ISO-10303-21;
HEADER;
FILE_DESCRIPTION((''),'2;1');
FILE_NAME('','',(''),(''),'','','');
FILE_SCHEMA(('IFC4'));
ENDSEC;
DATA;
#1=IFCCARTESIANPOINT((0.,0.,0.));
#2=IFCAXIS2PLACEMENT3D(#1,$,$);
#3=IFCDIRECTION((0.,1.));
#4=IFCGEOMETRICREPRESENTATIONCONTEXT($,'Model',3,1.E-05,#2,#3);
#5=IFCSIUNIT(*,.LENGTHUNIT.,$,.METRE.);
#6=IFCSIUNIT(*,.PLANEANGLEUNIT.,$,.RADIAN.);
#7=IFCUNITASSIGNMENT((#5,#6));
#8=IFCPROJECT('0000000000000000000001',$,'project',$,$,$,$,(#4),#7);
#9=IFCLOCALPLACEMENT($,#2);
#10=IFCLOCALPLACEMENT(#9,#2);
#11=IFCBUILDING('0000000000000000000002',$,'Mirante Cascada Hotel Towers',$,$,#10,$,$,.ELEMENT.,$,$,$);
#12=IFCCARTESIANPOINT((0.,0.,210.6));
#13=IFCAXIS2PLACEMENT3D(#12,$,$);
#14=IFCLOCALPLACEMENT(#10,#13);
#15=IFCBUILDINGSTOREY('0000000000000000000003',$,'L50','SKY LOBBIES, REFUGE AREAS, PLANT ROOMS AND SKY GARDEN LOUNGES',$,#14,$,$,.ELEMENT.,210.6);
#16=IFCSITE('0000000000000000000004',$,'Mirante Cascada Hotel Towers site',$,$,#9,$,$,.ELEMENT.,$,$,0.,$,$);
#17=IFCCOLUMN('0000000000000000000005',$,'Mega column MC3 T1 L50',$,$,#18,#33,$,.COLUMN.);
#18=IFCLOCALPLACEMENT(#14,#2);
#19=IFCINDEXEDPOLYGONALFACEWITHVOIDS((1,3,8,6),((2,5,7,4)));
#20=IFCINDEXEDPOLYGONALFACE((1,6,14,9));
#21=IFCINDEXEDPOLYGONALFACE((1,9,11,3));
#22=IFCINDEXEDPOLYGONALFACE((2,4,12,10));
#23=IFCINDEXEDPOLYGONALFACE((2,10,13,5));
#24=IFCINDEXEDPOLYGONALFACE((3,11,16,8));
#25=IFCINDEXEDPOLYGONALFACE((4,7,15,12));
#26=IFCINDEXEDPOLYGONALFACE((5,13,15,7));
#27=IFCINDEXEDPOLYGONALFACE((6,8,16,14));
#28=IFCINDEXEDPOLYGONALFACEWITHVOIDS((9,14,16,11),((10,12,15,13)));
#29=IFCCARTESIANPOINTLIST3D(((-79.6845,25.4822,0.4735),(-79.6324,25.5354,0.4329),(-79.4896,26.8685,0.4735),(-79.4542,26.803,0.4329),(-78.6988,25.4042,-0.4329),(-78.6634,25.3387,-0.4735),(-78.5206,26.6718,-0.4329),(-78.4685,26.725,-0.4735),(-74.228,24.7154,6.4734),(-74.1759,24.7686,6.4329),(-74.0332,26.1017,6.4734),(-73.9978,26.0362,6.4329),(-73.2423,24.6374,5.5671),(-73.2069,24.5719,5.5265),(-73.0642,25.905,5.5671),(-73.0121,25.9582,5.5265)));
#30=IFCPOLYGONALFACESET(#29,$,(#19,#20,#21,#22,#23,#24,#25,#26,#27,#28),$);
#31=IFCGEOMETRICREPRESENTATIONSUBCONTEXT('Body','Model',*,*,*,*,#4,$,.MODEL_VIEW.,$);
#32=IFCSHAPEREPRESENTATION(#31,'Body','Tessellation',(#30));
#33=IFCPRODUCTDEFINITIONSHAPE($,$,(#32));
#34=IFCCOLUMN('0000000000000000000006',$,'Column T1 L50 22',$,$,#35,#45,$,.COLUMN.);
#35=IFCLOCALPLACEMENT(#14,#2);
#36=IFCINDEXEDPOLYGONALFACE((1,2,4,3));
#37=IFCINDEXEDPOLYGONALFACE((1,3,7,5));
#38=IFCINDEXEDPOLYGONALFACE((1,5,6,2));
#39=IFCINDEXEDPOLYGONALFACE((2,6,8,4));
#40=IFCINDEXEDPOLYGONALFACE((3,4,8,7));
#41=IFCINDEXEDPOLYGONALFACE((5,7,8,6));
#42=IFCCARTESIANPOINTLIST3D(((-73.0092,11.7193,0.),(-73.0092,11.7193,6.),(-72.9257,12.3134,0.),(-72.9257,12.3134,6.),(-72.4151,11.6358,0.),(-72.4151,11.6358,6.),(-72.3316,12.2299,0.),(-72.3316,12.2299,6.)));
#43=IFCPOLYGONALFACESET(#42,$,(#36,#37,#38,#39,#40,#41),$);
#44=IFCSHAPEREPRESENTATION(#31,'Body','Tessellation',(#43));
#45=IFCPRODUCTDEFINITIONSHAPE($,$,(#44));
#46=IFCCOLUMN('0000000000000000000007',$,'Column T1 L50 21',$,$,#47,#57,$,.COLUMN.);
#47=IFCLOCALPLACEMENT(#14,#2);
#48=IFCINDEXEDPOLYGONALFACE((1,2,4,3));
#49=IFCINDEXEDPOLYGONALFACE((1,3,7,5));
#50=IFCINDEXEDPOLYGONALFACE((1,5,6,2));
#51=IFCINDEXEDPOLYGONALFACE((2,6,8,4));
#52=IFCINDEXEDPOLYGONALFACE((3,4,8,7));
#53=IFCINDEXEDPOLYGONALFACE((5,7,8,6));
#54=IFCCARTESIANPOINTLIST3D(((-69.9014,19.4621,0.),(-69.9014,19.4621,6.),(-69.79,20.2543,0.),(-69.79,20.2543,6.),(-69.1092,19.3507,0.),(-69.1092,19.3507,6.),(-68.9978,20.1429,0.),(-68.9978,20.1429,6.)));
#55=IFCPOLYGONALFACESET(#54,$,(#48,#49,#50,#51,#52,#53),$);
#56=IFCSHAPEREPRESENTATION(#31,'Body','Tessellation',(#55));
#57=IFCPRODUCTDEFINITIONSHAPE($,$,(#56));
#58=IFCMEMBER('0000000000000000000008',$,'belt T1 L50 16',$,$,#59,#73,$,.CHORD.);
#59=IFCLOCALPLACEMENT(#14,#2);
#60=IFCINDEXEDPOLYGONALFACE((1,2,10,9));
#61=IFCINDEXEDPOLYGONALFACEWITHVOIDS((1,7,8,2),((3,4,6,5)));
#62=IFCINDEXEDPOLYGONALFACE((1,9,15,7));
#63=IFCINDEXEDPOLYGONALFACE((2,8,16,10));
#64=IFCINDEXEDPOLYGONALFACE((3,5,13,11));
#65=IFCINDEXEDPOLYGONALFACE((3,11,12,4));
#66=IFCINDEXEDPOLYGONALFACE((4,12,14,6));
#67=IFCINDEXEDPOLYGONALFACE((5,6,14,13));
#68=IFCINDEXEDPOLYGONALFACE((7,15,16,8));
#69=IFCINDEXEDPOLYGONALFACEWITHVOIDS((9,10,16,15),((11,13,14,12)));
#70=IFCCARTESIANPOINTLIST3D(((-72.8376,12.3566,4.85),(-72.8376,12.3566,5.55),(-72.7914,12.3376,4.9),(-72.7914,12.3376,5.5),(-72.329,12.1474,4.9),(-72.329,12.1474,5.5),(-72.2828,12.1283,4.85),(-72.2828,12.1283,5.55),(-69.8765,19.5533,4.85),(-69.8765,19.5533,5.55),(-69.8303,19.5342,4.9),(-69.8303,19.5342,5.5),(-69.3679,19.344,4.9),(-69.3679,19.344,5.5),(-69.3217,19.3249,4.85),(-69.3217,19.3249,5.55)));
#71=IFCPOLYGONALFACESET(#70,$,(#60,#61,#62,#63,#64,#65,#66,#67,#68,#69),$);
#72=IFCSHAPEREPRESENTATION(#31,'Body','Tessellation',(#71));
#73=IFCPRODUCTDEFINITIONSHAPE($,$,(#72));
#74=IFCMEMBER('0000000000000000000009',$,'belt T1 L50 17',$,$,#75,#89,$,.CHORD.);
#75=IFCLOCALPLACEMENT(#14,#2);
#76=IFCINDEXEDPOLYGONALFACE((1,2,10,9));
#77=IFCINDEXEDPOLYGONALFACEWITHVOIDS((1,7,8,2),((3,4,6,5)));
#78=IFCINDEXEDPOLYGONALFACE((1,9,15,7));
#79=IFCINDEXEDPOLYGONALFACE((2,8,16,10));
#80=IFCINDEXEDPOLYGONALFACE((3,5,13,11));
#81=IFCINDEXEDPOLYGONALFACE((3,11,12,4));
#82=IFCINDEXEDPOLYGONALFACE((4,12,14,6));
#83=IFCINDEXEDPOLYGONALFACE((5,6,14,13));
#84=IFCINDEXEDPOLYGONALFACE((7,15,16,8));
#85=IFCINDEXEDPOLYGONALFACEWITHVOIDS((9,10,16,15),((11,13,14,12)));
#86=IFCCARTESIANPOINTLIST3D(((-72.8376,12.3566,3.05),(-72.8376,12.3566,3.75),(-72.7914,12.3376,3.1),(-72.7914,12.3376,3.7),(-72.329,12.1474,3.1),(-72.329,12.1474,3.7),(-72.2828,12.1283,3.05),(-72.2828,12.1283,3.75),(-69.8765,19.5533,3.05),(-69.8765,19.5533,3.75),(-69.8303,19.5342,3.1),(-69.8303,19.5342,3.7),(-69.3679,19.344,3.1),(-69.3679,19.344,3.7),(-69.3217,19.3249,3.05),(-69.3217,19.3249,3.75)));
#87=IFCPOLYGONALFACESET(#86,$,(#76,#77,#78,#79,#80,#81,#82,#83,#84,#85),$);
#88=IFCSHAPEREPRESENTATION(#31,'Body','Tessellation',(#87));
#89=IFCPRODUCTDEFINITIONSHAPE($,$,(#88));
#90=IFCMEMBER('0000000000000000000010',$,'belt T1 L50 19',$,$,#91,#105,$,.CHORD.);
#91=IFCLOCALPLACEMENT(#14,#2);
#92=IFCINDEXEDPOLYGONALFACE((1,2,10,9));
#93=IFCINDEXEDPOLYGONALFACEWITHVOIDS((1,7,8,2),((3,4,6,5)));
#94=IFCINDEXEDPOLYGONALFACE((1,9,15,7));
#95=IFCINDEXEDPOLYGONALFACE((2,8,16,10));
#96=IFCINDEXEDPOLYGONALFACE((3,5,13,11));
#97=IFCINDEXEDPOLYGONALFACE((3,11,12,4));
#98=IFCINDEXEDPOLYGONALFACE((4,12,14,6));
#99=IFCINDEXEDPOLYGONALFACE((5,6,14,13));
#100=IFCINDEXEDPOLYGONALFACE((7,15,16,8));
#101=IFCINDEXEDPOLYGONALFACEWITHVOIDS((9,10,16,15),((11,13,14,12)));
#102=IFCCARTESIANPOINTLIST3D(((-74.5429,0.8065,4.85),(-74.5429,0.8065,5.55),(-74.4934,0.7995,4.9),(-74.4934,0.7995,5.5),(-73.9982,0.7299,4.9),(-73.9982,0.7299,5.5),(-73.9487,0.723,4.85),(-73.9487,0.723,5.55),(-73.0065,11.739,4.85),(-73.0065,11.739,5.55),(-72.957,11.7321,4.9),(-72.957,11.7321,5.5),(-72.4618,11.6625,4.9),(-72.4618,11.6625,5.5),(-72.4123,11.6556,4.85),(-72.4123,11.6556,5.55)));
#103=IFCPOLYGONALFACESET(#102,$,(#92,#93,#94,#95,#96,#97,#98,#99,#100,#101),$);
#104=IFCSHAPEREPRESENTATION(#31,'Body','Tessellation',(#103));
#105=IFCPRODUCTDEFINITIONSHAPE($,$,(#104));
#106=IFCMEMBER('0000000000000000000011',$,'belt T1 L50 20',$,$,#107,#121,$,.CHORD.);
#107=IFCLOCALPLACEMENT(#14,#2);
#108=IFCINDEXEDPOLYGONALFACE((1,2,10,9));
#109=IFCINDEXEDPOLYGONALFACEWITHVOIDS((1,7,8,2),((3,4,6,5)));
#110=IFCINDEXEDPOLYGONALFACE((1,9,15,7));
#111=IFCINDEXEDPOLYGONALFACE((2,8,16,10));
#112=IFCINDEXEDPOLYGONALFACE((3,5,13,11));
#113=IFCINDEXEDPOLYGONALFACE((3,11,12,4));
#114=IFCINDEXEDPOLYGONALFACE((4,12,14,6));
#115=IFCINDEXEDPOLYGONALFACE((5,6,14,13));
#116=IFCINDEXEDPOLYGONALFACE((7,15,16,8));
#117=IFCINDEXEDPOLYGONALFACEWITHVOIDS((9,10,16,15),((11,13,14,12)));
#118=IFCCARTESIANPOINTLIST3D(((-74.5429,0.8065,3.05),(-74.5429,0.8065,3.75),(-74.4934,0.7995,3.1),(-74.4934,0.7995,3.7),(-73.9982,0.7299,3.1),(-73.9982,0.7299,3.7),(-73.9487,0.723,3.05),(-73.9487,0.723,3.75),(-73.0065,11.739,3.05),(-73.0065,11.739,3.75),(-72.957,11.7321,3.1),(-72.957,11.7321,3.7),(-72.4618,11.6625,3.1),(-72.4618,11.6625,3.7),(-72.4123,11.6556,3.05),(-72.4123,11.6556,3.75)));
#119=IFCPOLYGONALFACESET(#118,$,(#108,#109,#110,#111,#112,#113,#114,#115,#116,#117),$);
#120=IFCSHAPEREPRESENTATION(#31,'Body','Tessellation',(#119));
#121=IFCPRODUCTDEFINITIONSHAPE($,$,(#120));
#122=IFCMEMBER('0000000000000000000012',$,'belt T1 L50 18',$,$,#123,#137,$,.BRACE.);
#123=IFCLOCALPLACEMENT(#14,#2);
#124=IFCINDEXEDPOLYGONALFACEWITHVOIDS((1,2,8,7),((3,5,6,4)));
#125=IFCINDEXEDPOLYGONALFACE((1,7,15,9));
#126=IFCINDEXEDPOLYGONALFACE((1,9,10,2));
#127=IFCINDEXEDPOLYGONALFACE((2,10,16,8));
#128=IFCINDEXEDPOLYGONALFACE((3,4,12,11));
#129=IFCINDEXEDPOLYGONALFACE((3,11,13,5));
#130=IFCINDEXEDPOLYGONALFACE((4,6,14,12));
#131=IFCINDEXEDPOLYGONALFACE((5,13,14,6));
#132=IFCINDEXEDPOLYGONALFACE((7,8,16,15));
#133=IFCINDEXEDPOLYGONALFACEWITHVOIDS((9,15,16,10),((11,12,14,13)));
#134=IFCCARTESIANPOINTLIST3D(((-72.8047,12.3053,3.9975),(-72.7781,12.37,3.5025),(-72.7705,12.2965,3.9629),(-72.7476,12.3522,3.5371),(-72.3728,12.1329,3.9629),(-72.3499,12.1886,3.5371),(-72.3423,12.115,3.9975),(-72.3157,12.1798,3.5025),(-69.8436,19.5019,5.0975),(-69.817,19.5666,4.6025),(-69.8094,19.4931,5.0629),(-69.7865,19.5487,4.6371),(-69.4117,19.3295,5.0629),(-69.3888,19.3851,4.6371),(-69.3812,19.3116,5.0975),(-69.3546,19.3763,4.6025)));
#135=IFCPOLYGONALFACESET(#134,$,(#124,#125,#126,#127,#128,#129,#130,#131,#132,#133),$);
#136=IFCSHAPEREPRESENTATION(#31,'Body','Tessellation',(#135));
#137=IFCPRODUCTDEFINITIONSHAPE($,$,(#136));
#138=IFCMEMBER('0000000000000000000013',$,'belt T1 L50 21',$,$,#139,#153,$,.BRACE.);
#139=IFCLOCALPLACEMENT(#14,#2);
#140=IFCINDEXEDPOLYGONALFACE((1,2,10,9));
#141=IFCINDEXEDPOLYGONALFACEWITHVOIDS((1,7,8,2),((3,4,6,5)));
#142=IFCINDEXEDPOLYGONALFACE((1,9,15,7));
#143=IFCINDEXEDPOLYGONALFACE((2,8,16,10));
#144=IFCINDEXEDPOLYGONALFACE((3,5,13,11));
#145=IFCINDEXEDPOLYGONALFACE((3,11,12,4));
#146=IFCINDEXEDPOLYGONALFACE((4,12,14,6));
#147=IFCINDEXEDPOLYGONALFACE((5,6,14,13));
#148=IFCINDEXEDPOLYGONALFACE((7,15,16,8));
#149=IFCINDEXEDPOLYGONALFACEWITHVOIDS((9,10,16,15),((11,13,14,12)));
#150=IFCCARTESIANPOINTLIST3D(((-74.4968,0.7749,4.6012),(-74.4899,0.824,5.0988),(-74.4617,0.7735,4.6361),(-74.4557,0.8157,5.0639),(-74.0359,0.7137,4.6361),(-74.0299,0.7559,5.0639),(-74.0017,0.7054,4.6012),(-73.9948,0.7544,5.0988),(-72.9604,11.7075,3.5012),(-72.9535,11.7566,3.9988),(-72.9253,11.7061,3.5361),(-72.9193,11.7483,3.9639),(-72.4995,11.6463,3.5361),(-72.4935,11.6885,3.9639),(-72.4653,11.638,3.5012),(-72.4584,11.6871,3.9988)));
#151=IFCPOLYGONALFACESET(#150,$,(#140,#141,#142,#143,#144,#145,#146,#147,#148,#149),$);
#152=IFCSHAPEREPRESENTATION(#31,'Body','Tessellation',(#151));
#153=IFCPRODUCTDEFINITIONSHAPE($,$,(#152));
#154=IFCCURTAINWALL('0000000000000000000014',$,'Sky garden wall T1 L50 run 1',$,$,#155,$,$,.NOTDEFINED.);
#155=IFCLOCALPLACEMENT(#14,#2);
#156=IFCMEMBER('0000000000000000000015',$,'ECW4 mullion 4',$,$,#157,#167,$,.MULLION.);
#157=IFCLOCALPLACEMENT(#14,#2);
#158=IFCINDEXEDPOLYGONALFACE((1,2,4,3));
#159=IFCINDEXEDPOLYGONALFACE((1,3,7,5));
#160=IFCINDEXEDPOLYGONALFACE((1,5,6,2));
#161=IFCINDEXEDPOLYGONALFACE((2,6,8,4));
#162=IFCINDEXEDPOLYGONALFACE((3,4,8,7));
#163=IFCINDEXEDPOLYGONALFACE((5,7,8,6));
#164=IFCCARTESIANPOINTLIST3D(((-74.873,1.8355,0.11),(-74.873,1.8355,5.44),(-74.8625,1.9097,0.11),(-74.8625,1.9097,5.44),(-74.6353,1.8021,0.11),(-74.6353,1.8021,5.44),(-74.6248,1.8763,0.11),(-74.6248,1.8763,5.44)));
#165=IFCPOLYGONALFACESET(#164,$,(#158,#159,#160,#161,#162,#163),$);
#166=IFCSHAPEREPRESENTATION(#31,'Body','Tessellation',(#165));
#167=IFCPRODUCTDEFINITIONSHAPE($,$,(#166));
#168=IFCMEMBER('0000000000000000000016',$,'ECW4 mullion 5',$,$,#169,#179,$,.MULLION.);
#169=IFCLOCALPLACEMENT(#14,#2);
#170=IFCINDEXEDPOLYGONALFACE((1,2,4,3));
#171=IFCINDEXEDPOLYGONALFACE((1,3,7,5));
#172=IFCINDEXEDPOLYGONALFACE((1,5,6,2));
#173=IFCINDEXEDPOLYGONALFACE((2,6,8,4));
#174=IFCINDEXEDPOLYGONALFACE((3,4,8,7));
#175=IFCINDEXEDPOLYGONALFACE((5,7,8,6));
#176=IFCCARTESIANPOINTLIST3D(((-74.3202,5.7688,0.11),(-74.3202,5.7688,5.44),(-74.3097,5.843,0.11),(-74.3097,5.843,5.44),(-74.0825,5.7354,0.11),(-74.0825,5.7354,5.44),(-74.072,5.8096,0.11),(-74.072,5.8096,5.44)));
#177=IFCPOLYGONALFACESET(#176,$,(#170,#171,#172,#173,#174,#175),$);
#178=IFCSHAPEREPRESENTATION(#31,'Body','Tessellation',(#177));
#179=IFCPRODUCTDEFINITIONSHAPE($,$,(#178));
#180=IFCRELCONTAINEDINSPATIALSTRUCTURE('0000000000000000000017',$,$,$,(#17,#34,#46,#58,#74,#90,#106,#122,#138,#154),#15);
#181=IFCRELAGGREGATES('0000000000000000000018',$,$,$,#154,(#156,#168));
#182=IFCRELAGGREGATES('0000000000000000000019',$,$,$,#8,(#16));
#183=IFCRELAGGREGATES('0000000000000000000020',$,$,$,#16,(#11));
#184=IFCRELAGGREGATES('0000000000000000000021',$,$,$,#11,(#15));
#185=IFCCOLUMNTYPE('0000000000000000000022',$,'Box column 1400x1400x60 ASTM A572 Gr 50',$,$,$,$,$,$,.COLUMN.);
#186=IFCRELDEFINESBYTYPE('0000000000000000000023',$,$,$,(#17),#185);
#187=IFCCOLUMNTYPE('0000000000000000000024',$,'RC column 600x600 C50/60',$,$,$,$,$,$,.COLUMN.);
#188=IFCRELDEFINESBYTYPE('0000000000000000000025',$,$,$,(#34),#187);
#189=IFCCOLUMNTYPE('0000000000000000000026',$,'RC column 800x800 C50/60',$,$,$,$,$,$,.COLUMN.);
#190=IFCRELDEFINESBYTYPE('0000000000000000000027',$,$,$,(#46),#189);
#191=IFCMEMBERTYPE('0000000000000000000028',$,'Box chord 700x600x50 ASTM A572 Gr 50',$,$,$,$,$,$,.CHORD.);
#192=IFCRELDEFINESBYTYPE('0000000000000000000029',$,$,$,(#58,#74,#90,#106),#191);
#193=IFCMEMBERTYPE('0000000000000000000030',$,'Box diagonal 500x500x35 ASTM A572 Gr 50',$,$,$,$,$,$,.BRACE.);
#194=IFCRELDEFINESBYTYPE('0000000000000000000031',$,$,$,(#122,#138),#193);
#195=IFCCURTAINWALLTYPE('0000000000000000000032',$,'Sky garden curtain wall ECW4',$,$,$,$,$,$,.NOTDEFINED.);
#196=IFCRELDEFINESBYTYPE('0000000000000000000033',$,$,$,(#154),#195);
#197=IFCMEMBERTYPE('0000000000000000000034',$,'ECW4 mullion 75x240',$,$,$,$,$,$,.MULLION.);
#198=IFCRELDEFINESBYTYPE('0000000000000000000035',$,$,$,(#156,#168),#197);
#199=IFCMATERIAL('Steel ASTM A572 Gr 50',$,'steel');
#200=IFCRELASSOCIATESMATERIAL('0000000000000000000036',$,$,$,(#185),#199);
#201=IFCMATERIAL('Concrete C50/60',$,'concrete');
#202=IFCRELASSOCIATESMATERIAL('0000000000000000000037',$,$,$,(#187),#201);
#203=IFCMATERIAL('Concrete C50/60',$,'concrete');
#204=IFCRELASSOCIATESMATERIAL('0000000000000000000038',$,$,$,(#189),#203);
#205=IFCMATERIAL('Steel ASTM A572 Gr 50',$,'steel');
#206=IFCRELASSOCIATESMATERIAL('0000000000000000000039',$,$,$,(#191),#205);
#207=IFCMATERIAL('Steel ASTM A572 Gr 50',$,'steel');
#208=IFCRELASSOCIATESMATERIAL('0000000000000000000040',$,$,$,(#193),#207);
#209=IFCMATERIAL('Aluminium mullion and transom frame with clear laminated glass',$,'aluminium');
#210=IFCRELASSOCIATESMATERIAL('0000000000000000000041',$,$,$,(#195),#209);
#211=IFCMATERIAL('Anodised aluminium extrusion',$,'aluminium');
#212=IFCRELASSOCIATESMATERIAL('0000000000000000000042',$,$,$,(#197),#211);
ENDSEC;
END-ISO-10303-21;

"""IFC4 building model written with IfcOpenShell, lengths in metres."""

from ifc_helpers import new_model, si_unit, direction, frame, origin, origin_2d, place, context, subcontext, project, spatial, rectangle, hollow_rectangle, extrude, material, material_profile, profile_set, type_object, element, aggregate, save


model = new_model("IFC4")

# Units and contexts
model_context = context("Model", 3, precision=1e-05, world=origin(), true_north=direction((0.0, 1.0)))
body_context = subcontext(model_context, "Body", "Model", "MODEL_VIEW")
ifc_project = project(units=[si_unit("LENGTHUNIT", "METRE"), si_unit("PLANEANGLEUNIT", "RADIAN")], contexts=[model_context])

# Site, building, storey
site_placement = place(None, origin())
site = spatial("IfcSite", under=ifc_project, at=site_placement, Name="Mirante Cascada Hotel Towers site", CompositionType="ELEMENT", RefElevation=0.0)
building_placement = place(site_placement, origin())
building = spatial("IfcBuilding", under=site, at=building_placement, Name="Mirante Cascada Hotel Towers", CompositionType="ELEMENT")
storey_placement = place(building_placement, frame((0.0, 0.0, 210.6)))
storey = spatial("IfcBuildingStorey", under=building, at=storey_placement, Name="L50", Description="SKY LOBBIES, REFUGE AREAS, PLANT ROOMS AND SKY GARDEN LOUNGES", CompositionType="ELEMENT", Elevation=210.6)

# Columns
ifc_material_1 = material(Name="Steel ASTM A572 Gr 50", Category="steel")
ifc_material_profile_1 = material_profile(ifc_material_1, hollow_rectangle(XDim=1.4, YDim=1.4, WallThickness=0.06, at=origin_2d()), Name="Box column 1400x1400x60 ASTM A572 Gr 50")
ifc_profile_set_1 = profile_set([ifc_material_profile_1], Name="Steel ASTM A572 Gr 50")
column_type_1 = type_object("IfcColumnType", Name="Box column 1400x1400x60 ASTM A572 Gr 50", PredefinedType="COLUMN", material=ifc_profile_set_1)
column_1_placement = place(storey_placement, frame((-79.0765, 26.1036, 0.0), z_axis=(0.669817, -0.094129, 0.736535), x_axis=(0.139162, 0.99027, 0.0)))
element("IfcColumn", 1, at=column_1_placement, inside=storey, type_object=column_type_1, Name="Mega column MC3 T1 L50", PredefinedType="COLUMN", context=body_context, shape_type="SweptSolid", body=[
    extrude(hollow_rectangle(XDim=1.4, YDim=1.4, WallThickness=0.06, at=origin_2d()), origin(), (0.0, 0.0, 1.0), 8.1462),
])
ifc_material_2 = material(Name="Concrete C50/60", Category="concrete")
ifc_material_profile_2 = material_profile(ifc_material_2, rectangle(XDim=0.6, YDim=0.6, at=origin_2d()), Name="RC column 600x600 C50/60")
ifc_profile_set_2 = profile_set([ifc_material_profile_2], Name="Concrete C50/60")
column_type_2 = type_object("IfcColumnType", Name="RC column 600x600 C50/60", PredefinedType="COLUMN", material=ifc_profile_set_2)
column_2_placement = place(storey_placement, frame((-72.6704, 11.9746, 0.0), z_axis=(0.0, 0.0, 1.0), x_axis=(-0.990268, 0.139173, 0.0)))
element("IfcColumn", 2, at=column_2_placement, inside=storey, type_object=column_type_2, Name="Column T1 L50 22", PredefinedType="COLUMN", context=body_context, shape_type="SweptSolid", body=[
    extrude(rectangle(XDim=0.6, YDim=0.6, at=origin_2d()), origin(), (0.0, 0.0, 1.0), 6.0),
])
ifc_material_3 = material(Name="Concrete C50/60", Category="concrete")
ifc_material_profile_3 = material_profile(ifc_material_3, rectangle(XDim=0.8, YDim=0.8, at=origin_2d()), Name="RC column 800x800 C50/60")
ifc_profile_set_3 = profile_set([ifc_material_profile_3], Name="Concrete C50/60")
column_type_3 = type_object("IfcColumnType", Name="RC column 800x800 C50/60", PredefinedType="COLUMN", material=ifc_profile_set_3)
column_3_placement = place(storey_placement, frame((-69.4496, 19.8025, 0.0), z_axis=(0.0, 0.0, 1.0), x_axis=(-0.990268, 0.139173, 0.0)))
element("IfcColumn", 3, at=column_3_placement, inside=storey, type_object=column_type_3, Name="Column T1 L50 21", PredefinedType="COLUMN", context=body_context, shape_type="SweptSolid", body=[
    extrude(rectangle(XDim=0.8, YDim=0.8, at=origin_2d()), origin(), (0.0, 0.0, 1.0), 6.0),
])

# Members
ifc_material_4 = material(Name="Steel ASTM A572 Gr 50", Category="steel")
ifc_material_profile_4 = material_profile(ifc_material_4, hollow_rectangle(XDim=0.6, YDim=0.7, WallThickness=0.05, at=origin_2d()), Name="Box chord 700x600x50 ASTM A572 Gr 50")
ifc_profile_set_4 = profile_set([ifc_material_profile_4], Name="Steel ASTM A572 Gr 50")
member_type_1 = type_object("IfcMemberType", Name="Box chord 700x600x50 ASTM A572 Gr 50", PredefinedType="CHORD", material=ifc_profile_set_4)
for number, where, z_axis, x_axis, name in (
    (4, (-69.5991, 19.4391, 5.2), (-0.380507, -0.924778, 0.0), (0.924778, -0.380507, 0.0), "belt T1 L50 16"),
    (5, (-69.5991, 19.4391, 3.4), (-0.380507, -0.924778, 0.0), (0.924778, -0.380507, 0.0), "belt T1 L50 17"),
):
    element("IfcMember", number, at=place(storey_placement, frame(where, z_axis=z_axis, x_axis=x_axis)), inside=storey, type_object=member_type_1, Name=name, PredefinedType="CHORD", context=body_context, shape_type="SweptSolid", body=[
        extrude(hollow_rectangle(XDim=0.6, YDim=0.7, WallThickness=0.05, at=origin_2d()), origin(), (0.0, 0.0, 1.0), 7.782),
    ])
for number, where, z_axis, x_axis, name in (
    (6, (-72.7094, 11.6973, 5.2), (-0.139166, -0.990269, 0.0), (0.990269, -0.139166, 0.0), "belt T1 L50 19"),
    (7, (-72.7094, 11.6973, 3.4), (-0.139166, -0.990269, 0.0), (0.990269, -0.139166, 0.0), "belt T1 L50 20"),
):
    element("IfcMember", number, at=place(storey_placement, frame(where, z_axis=z_axis, x_axis=x_axis)), inside=storey, type_object=member_type_1, Name=name, PredefinedType="CHORD", context=body_context, shape_type="SweptSolid", body=[
        extrude(hollow_rectangle(XDim=0.6, YDim=0.7, WallThickness=0.05, at=origin_2d()), origin(), (0.0, 0.0, 1.0), 11.04),
    ])
ifc_material_5 = material(Name="Steel ASTM A572 Gr 50", Category="steel")
ifc_material_profile_5 = material_profile(ifc_material_5, hollow_rectangle(XDim=0.5, YDim=0.5, WallThickness=0.035, at=origin_2d()), Name="Box diagonal 500x500x35 ASTM A572 Gr 50")
ifc_profile_set_5 = profile_set([ifc_material_profile_5], Name="Steel ASTM A572 Gr 50")
member_type_2 = type_object("IfcMemberType", Name="Box diagonal 500x500x35 ASTM A572 Gr 50", PredefinedType="BRACE", material=ifc_profile_set_5)
member_1_placement = place(storey_placement, frame((-69.5991, 19.4391, 4.85), z_axis=(-0.376762, -0.915675, -0.139961), x_axis=(0.924778, -0.380507, 0.0)))
element("IfcMember", 8, at=member_1_placement, inside=storey, type_object=member_type_2, Name="belt T1 L50 18", PredefinedType="BRACE", context=body_context, shape_type="SweptSolid", body=[
    extrude(hollow_rectangle(XDim=0.5, YDim=0.5, WallThickness=0.035, at=origin_2d()), origin(), (0.0, 0.0, 1.0), 7.8593),
])
member_2_placement = place(storey_placement, frame((-72.7094, 11.6973, 3.75), z_axis=(-0.138481, -0.98539, 0.099146), x_axis=(0.990269, -0.139166, 0.0)))
element("IfcMember", 9, at=member_2_placement, inside=storey, type_object=member_type_2, Name="belt T1 L50 21", PredefinedType="BRACE", context=body_context, shape_type="SweptSolid", body=[
    extrude(hollow_rectangle(XDim=0.5, YDim=0.5, WallThickness=0.035, at=origin_2d()), origin(), (0.0, 0.0, 1.0), 11.0947),
])

# Curtain wall, members
ifc_material_6 = material(Name="Aluminium mullion and transom frame with clear laminated glass", Category="aluminium")
curtain_wall_type = type_object("IfcCurtainWallType", Name="Sky garden curtain wall ECW4", PredefinedType="NOTDEFINED", material=ifc_material_6)
curtain_wall_1_placement = place(storey_placement, origin())
curtain_wall_1 = element("IfcCurtainWall", 10, at=curtain_wall_1_placement, inside=storey, type_object=curtain_wall_type, Name="Sky garden wall T1 L50 run 1", PredefinedType="NOTDEFINED")
ifc_material_7 = material(Name="Anodised aluminium extrusion", Category="aluminium")
ifc_material_profile_6 = material_profile(ifc_material_7, rectangle(XDim=0.24, YDim=0.075, at=origin_2d()), Name="ECW4 MULLION 75x240")
ifc_profile_set_6 = profile_set([ifc_material_profile_6], Name="Anodised aluminium extrusion")
member_type_3 = type_object("IfcMemberType", Name="ECW4 mullion 75x240", PredefinedType="MULLION", material=ifc_profile_set_6)
member_3_placement = place(storey_placement, frame((-74.7489, 1.8559, 0.11), z_axis=(0.0, 0.0, 1.0), x_axis=(-0.990268, 0.139173, 0.0)))
member_3 = element("IfcMember", 11, at=member_3_placement, type_object=member_type_3, Name="ECW4 mullion 4", PredefinedType="MULLION", context=body_context, shape_type="SweptSolid", body=[
    extrude(rectangle(XDim=0.24, YDim=0.075, at=origin_2d()), origin(), (0.0, 0.0, 1.0), 5.33),
])
member_4_placement = place(storey_placement, frame((-74.1961, 5.7892, 0.11), z_axis=(0.0, 0.0, 1.0), x_axis=(-0.990268, 0.139173, 0.0)))
member_4 = element("IfcMember", 12, at=member_4_placement, type_object=member_type_3, Name="ECW4 mullion 5", PredefinedType="MULLION", context=body_context, shape_type="SweptSolid", body=[
    extrude(rectangle(XDim=0.24, YDim=0.075, at=origin_2d()), origin(), (0.0, 0.0, 1.0), 5.33),
])

aggregate(curtain_wall_1, [member_3, member_4])

save(model, "model.ifc")
